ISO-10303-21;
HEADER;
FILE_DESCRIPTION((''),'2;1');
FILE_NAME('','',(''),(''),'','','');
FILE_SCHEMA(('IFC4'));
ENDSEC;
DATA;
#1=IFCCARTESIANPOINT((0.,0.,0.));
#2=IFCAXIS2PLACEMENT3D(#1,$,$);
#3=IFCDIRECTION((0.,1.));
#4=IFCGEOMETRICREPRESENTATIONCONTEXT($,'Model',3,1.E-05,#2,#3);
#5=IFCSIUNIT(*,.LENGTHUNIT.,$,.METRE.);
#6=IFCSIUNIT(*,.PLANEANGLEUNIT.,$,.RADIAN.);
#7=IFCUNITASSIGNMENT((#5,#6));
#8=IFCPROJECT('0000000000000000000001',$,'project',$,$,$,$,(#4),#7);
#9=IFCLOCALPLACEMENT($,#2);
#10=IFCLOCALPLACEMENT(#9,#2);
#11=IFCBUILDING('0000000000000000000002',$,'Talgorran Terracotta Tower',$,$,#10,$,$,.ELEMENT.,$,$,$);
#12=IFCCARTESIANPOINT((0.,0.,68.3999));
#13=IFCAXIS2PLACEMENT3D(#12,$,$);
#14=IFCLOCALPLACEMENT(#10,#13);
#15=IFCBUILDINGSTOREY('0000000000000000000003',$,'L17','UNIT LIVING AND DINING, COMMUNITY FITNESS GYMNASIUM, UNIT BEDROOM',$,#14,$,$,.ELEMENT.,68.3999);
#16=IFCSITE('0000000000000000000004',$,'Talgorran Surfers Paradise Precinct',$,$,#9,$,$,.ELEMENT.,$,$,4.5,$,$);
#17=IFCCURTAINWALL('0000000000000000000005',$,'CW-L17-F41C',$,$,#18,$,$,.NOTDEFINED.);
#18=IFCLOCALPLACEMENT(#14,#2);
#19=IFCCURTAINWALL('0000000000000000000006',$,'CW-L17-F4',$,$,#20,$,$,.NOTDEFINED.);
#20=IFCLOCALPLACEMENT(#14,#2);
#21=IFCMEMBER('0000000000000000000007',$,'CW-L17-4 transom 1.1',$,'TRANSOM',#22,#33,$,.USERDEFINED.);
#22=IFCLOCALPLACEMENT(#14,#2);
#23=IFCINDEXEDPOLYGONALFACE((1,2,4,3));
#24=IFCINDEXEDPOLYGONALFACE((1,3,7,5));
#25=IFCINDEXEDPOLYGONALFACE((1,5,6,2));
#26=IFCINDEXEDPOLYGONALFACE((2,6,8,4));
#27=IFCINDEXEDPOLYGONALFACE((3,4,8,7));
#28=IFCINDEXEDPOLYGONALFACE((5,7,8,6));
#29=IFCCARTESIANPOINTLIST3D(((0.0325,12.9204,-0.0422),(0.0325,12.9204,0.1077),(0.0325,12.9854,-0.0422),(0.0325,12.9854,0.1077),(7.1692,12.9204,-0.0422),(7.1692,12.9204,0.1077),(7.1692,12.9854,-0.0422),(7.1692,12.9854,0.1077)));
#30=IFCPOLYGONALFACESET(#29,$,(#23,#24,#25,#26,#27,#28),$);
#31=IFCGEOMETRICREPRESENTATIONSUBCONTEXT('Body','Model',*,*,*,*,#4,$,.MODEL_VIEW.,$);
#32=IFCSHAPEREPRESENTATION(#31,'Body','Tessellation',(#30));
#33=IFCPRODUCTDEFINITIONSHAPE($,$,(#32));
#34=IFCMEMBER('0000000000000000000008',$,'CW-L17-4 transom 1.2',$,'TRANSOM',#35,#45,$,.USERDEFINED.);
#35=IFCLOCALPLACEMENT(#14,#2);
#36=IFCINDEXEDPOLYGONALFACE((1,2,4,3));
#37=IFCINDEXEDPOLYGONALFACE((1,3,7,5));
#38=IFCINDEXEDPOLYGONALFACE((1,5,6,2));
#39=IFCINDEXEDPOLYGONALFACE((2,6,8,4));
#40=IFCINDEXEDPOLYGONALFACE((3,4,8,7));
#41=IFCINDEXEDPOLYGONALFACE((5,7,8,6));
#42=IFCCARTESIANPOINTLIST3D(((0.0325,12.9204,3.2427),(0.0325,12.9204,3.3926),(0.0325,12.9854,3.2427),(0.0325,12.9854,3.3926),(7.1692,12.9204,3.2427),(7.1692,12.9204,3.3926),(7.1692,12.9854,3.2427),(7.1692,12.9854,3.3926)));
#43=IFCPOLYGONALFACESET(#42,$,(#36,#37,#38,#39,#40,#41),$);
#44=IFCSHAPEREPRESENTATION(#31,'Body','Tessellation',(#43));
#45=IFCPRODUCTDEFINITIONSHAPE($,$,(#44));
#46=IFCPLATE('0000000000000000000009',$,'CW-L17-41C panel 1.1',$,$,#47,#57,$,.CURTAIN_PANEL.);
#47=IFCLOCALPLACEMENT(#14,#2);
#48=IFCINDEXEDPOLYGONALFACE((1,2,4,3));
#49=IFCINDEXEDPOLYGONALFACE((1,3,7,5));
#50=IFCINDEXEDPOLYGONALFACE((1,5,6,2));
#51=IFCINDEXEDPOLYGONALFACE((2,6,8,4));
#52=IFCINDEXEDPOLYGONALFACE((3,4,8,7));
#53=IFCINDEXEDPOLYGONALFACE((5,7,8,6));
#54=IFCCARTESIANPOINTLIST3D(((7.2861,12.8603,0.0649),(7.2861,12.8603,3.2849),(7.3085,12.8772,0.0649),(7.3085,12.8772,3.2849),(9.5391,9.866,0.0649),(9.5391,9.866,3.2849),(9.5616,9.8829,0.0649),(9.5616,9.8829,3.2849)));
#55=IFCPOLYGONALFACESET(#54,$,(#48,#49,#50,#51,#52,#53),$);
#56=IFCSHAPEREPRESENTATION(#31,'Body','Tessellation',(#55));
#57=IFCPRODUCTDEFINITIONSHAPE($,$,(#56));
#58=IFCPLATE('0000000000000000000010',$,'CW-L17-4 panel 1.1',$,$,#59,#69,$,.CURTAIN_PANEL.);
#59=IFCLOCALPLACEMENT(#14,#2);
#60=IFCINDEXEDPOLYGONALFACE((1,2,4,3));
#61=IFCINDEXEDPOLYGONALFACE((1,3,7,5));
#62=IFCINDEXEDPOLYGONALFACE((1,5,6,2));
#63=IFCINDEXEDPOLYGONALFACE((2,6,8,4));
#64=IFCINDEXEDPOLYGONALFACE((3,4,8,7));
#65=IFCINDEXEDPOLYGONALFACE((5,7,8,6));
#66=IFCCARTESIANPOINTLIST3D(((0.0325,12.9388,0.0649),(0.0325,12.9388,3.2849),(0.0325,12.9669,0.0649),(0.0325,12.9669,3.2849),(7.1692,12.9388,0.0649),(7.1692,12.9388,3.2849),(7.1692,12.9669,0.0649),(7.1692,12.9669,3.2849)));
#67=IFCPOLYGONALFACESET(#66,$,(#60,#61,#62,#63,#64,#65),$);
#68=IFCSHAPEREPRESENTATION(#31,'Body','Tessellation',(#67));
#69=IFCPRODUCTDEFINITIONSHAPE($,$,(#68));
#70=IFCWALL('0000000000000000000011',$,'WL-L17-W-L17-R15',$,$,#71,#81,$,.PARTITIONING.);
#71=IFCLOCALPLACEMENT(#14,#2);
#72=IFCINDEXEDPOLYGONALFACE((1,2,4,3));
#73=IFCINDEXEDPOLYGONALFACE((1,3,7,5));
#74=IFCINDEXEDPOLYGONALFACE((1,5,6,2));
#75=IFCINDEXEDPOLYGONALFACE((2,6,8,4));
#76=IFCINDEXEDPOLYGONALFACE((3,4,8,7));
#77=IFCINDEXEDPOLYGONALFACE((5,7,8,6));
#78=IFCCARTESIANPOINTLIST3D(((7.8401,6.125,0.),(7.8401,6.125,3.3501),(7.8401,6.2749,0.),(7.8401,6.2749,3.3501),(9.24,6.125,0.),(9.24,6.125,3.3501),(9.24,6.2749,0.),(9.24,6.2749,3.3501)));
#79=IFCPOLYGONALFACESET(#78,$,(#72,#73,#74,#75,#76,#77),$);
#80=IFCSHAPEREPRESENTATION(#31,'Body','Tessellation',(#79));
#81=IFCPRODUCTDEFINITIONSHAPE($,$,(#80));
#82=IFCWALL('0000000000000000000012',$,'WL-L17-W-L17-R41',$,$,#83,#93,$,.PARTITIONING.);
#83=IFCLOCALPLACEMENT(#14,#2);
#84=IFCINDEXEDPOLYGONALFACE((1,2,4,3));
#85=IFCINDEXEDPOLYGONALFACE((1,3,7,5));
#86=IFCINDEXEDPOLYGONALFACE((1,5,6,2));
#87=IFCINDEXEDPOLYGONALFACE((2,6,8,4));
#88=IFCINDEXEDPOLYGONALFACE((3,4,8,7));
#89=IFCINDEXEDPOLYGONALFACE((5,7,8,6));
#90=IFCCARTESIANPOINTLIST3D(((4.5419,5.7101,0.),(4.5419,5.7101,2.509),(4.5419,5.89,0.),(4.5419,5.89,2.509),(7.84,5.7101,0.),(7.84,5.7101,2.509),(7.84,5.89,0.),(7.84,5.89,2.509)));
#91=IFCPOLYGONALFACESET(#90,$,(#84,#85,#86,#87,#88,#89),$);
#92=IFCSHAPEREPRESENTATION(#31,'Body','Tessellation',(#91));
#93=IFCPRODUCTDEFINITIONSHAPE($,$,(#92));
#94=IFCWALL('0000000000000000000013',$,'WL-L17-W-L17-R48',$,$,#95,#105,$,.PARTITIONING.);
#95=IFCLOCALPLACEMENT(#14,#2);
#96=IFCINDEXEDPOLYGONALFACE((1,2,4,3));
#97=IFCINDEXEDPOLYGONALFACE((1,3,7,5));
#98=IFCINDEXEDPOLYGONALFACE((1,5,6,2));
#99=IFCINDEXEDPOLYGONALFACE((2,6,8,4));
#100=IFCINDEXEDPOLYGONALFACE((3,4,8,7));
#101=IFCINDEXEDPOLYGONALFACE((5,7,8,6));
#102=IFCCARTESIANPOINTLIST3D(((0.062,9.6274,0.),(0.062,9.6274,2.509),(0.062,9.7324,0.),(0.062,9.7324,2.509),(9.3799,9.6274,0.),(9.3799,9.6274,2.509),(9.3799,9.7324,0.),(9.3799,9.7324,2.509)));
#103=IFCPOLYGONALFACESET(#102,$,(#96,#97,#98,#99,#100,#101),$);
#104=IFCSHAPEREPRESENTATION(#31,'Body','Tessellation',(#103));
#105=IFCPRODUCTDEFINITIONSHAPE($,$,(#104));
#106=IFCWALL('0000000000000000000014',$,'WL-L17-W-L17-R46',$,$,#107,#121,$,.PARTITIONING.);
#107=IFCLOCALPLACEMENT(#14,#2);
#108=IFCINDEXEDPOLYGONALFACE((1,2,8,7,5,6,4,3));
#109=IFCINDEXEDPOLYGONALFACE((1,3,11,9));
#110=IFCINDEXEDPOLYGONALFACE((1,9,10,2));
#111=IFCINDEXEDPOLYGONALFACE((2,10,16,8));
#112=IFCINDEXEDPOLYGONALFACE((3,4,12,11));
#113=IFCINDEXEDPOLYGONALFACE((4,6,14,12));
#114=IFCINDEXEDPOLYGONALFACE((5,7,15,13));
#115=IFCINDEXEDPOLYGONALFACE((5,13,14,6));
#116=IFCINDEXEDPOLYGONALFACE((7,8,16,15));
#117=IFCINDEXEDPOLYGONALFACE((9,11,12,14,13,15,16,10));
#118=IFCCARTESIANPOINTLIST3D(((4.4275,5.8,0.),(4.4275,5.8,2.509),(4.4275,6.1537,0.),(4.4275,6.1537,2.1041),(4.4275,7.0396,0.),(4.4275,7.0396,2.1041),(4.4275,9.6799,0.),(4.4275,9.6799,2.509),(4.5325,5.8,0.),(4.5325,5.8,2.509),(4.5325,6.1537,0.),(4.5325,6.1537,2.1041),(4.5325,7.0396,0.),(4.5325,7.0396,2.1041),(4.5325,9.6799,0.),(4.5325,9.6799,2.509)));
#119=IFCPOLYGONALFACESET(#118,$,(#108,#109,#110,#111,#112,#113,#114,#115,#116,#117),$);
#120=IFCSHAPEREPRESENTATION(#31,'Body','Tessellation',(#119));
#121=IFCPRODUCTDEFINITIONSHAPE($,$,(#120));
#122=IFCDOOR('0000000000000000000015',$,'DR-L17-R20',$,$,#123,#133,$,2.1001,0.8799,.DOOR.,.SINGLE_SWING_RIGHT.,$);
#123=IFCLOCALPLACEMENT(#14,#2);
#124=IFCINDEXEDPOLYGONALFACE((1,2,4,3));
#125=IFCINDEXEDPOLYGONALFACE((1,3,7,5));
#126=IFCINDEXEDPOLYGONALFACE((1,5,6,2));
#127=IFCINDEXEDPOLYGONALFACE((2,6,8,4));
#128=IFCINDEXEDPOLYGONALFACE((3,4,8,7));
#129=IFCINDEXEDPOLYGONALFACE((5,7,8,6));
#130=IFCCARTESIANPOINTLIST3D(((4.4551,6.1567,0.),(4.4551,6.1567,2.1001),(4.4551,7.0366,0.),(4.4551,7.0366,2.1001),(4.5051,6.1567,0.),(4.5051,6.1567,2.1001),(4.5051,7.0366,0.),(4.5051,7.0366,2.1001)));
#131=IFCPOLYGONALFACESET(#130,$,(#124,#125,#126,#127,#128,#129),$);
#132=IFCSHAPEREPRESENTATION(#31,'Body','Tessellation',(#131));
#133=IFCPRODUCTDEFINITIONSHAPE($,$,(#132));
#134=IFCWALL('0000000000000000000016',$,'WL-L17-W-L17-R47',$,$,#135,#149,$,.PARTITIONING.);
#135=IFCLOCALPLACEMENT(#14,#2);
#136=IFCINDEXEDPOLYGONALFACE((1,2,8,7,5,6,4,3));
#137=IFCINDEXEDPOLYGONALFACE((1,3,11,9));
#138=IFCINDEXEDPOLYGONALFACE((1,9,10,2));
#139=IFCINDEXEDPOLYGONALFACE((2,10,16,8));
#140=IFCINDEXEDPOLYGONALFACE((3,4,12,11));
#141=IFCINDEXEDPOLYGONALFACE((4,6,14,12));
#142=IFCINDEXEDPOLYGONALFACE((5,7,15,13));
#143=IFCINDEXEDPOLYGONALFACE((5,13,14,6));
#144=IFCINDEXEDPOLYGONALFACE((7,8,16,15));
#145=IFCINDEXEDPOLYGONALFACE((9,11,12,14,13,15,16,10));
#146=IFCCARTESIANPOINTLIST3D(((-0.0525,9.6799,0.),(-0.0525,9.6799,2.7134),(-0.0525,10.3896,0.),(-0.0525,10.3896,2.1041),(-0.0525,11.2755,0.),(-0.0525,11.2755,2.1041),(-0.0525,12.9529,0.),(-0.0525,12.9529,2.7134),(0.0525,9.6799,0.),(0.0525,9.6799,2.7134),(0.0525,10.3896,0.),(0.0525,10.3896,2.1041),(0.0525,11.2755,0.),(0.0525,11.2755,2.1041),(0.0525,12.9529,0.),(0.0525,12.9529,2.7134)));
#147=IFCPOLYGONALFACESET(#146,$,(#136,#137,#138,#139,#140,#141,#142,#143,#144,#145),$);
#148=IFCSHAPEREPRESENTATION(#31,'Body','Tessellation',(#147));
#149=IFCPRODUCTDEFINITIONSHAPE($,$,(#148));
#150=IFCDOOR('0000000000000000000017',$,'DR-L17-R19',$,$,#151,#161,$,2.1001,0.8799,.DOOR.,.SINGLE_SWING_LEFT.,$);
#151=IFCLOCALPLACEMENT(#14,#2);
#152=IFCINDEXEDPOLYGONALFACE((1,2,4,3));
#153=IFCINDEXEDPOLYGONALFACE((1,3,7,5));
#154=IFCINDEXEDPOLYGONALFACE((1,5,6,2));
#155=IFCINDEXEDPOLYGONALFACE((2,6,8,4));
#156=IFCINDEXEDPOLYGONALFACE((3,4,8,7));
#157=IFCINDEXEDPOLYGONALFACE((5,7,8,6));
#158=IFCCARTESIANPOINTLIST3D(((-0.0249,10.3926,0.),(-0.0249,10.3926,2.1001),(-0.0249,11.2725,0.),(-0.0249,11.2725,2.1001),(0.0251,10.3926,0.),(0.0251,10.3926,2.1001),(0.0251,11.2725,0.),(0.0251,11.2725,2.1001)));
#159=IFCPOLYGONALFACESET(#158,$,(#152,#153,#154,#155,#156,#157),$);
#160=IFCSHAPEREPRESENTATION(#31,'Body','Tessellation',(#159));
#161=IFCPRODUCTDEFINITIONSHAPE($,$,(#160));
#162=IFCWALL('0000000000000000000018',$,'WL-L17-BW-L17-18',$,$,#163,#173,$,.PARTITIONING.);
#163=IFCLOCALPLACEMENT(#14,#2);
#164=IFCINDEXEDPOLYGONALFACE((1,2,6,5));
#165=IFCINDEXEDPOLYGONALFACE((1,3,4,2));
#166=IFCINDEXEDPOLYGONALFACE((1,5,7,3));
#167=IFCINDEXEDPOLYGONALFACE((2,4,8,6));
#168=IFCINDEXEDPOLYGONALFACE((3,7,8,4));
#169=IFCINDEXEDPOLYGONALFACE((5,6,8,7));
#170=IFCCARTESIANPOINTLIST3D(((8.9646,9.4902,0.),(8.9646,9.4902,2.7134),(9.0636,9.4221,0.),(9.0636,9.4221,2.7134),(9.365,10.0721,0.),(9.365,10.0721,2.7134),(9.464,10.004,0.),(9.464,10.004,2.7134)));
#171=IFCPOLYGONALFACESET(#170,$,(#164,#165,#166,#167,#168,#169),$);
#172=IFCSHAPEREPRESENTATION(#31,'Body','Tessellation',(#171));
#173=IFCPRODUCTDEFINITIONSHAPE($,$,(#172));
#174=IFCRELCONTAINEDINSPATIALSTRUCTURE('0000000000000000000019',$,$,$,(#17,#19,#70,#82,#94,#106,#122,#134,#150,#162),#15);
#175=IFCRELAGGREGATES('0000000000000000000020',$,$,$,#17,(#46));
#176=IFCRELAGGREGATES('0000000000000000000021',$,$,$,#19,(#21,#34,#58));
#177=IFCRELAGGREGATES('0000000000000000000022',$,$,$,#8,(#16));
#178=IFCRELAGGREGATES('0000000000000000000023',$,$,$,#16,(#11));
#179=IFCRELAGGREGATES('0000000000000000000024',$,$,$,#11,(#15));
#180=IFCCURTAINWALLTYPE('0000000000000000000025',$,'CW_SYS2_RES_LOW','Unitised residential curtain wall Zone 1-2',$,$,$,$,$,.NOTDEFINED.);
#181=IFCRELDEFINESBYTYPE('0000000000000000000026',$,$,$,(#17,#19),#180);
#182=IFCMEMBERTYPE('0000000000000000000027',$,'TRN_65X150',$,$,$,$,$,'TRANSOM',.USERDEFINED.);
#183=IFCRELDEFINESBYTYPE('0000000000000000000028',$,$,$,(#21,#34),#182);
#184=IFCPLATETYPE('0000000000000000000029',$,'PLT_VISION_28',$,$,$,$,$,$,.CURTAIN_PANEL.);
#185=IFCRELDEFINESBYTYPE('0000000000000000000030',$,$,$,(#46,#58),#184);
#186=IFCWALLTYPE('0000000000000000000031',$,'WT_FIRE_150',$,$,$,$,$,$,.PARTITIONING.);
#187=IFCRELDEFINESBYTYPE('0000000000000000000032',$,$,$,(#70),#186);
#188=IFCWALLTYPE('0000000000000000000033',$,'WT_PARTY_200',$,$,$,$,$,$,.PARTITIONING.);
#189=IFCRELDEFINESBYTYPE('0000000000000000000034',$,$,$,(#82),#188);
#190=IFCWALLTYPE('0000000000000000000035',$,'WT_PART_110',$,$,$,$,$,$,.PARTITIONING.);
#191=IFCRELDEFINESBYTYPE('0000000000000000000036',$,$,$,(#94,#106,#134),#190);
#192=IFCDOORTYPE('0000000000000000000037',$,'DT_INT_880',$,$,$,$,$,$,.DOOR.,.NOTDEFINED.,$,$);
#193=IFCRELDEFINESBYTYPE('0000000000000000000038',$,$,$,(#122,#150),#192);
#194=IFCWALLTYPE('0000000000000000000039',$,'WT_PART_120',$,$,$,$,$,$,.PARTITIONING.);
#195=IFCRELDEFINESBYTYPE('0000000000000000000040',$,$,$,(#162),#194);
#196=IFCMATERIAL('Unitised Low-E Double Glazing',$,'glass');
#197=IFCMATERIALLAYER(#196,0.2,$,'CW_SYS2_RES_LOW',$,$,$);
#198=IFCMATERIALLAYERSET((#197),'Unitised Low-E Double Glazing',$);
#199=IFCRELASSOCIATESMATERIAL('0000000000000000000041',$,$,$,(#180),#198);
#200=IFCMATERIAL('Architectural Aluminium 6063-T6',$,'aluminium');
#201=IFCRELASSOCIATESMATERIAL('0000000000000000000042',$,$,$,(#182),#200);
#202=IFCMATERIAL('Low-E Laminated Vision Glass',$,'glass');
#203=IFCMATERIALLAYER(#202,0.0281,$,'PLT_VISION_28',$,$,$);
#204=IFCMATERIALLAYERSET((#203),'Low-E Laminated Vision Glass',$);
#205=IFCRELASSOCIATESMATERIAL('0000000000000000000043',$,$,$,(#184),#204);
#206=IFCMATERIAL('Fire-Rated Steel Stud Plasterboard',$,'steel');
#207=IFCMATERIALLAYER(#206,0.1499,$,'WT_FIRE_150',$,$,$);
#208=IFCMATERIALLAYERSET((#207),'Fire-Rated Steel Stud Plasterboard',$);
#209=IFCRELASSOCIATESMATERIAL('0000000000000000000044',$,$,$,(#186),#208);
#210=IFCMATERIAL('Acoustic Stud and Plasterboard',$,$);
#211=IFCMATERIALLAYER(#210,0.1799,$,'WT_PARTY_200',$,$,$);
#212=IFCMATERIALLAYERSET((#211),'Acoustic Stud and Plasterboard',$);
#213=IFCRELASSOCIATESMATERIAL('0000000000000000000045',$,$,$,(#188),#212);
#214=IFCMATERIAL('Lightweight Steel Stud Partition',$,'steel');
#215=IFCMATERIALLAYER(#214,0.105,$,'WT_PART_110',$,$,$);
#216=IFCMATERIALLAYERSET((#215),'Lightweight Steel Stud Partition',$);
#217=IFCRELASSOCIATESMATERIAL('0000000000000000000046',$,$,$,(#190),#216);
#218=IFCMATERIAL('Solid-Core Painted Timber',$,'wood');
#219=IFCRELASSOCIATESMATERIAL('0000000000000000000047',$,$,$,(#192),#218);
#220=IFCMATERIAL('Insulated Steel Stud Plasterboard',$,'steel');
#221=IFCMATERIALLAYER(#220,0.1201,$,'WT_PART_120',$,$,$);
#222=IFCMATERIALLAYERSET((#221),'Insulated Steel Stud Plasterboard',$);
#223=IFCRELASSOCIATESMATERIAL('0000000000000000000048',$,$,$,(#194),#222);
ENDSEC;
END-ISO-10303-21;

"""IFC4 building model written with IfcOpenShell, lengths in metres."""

from ifc_helpers import new_model, si_unit, direction, frame, frame_2d, origin, origin_2d, place, context, subcontext, project, spatial, rectangle, extrude, source, transform, mapped, material, layer, layer_set, material_profile, profile_set, type_object, type_shapes, element, fill, aggregate, save


model = new_model("IFC4")

# Units and contexts
model_context = context("Model", 3, precision=1e-05, world=origin(), true_north=direction((0.0, 1.0)))
body_context = subcontext(model_context, "Body", "Model", "MODEL_VIEW")
ifc_project = project(units=[si_unit("LENGTHUNIT", "METRE"), si_unit("PLANEANGLEUNIT", "RADIAN")], contexts=[model_context])

# Site, building, storey
site_placement = place(None, origin())
site = spatial("IfcSite", under=ifc_project, at=site_placement, Name="Talgorran Surfers Paradise Precinct", CompositionType="ELEMENT", RefElevation=4.5)
building_placement = place(site_placement, origin())
building = spatial("IfcBuilding", under=site, at=building_placement, Name="Talgorran Terracotta Tower", CompositionType="ELEMENT")
storey_placement = place(building_placement, frame((0.0, 0.0, 68.3999)))
storey = spatial("IfcBuildingStorey", under=building, at=storey_placement, Name="L17", Description="UNIT LIVING AND DINING, COMMUNITY FITNESS GYMNASIUM, UNIT BEDROOM", CompositionType="ELEMENT", Elevation=68.3999)

# Curtain wall
ifc_material_1 = material(Name="Unitised Low-E Double Glazing", Category="glass")
ifc_layer_1 = layer(ifc_material_1, 0.2, Name="CW_SYS2_RES_LOW")
ifc_layer_set_1 = layer_set([ifc_layer_1], Name="Unitised Low-E Double Glazing")
curtain_wall_type = type_object("IfcCurtainWallType", Name="CW_SYS2_RES_LOW", Description="Unitised residential curtain wall Zone 1-2", PredefinedType="NOTDEFINED", material=ifc_layer_set_1)
curtain_wall_1_placement = place(storey_placement, origin())
curtain_wall_1 = element("IfcCurtainWall", 1, at=curtain_wall_1_placement, inside=storey, type_object=curtain_wall_type, Name="CW-L17-F41C", PredefinedType="NOTDEFINED")
ifc_material_2 = material(Name="Architectural Aluminium 6063-T6", Category="aluminium")

# Curtain wall, members
curtain_wall_2_placement = place(storey_placement, origin())
curtain_wall_2 = element("IfcCurtainWall", 2, at=curtain_wall_2_placement, inside=storey, type_object=curtain_wall_type, Name="CW-L17-F4", PredefinedType="NOTDEFINED")
ifc_material_profile_1 = material_profile(ifc_material_2, rectangle(XDim=0.0649, YDim=0.1499, at=origin_2d()), Name="CWT65X150")
ifc_profile_set_1 = profile_set([ifc_material_profile_1], Name="Architectural Aluminium 6063-T6")
member_type_1 = type_object("IfcMemberType", Name="TRN_65X150", ElementType="TRANSOM", PredefinedType="USERDEFINED", material=ifc_profile_set_1)
member_1_placement = place(storey_placement, frame((7.1692, 12.9529, 0.0327), z_axis=(-1.0, 0.0, 0.0), x_axis=(0.0, -1.0, 0.0)))
member_1 = element("IfcMember", 3, at=member_1_placement, type_object=member_type_1, Name="CW-L17-4 transom 1.1", ObjectType="TRANSOM", PredefinedType="USERDEFINED", context=body_context, shape_type="SweptSolid", body=[
    extrude(rectangle(XDim=0.0649, YDim=0.1499, at=origin_2d()), origin(), (0.0, 0.0, 1.0), 7.1367),
])
member_2_placement = place(storey_placement, frame((7.1692, 12.9529, 3.3176), z_axis=(-1.0, 0.0, 0.0), x_axis=(0.0, -1.0, 0.0)))
member_2 = element("IfcMember", 4, at=member_2_placement, type_object=member_type_1, Name="CW-L17-4 transom 1.2", ObjectType="TRANSOM", PredefinedType="USERDEFINED", context=body_context, shape_type="SweptSolid", body=[
    extrude(rectangle(XDim=0.0649, YDim=0.1499, at=origin_2d()), origin(), (0.0, 0.0, 1.0), 7.1367),
])

# Plates
ifc_material_3 = material(Name="Low-E Laminated Vision Glass", Category="glass")
ifc_layer_2 = layer(ifc_material_3, 0.0281, Name="PLT_VISION_28")
ifc_layer_set_2 = layer_set([ifc_layer_2], Name="Low-E Laminated Vision Glass")
plate_type = type_object("IfcPlateType", Name="PLT_VISION_28", PredefinedType="CURTAIN_PANEL", material=ifc_layer_set_2)
shared_shape_1 = source(origin(), body_context, "Body", "SweptSolid", [
    extrude(rectangle(XDim=3.7473, YDim=0.0281, at=origin_2d()), origin(), (0.0, 0.0, 1.0), 3.22),
])
plate_1_placement = place(storey_placement, frame((8.4238, 11.3716, 0.0649), z_axis=(0.0, 0.0, 1.0), x_axis=(-0.60125, 0.799061, 0.0)))
plate_1 = element("IfcPlate", 5, at=plate_1_placement, type_object=plate_type, Name="CW-L17-41C panel 1.1", PredefinedType="CURTAIN_PANEL", context=body_context, shape_type="MappedRepresentation", body=[
    mapped(shared_shape_1, transform((0.0, 0.0, 0.0), scale=1.0)),
])
aggregate(curtain_wall_1, [plate_1])
shared_shape_2 = source(origin(), body_context, "Body", "SweptSolid", [
    extrude(rectangle(XDim=7.1367, YDim=0.0281, at=origin_2d()), origin(), (0.0, 0.0, 1.0), 3.22),
])
type_shapes(plate_type, [shared_shape_1, shared_shape_2])
plate_2_placement = place(storey_placement, frame((3.6008, 12.9529, 0.0649), z_axis=(0.0, 0.0, 1.0), x_axis=(-1.0, 0.0, 0.0)))
plate_2 = element("IfcPlate", 6, at=plate_2_placement, type_object=plate_type, Name="CW-L17-4 panel 1.1", PredefinedType="CURTAIN_PANEL", context=body_context, shape_type="MappedRepresentation", body=[
    mapped(shared_shape_2, transform((0.0, 0.0, 0.0), scale=1.0)),
])
aggregate(curtain_wall_2, [member_1, member_2, plate_2])

# Walls
ifc_material_4 = material(Name="Fire-Rated Steel Stud Plasterboard", Category="steel")
ifc_layer_3 = layer(ifc_material_4, 0.1499, Name="WT_FIRE_150")
ifc_layer_set_3 = layer_set([ifc_layer_3], Name="Fire-Rated Steel Stud Plasterboard")
wall_type_1 = type_object("IfcWallType", Name="WT_FIRE_150", PredefinedType="PARTITIONING", material=ifc_layer_set_3)
wall_1_placement = place(storey_placement, frame((7.8401, 6.2, 0.0), z_axis=(0.0, 0.0, 1.0), x_axis=(1.0, 0.0, 0.0)))
element("IfcWall", 7, at=wall_1_placement, inside=storey, type_object=wall_type_1, Name="WL-L17-W-L17-R15", PredefinedType="PARTITIONING", context=body_context, shape_type="SweptSolid", body=[
    extrude(rectangle(XDim=1.3999, YDim=0.1499, at=frame_2d((0.7, 0.0))), origin(), (0.0, 0.0, 1.0), 3.3501),
])
ifc_material_5 = material(Name="Acoustic Stud and Plasterboard")
ifc_layer_4 = layer(ifc_material_5, 0.1799, Name="WT_PARTY_200")
ifc_layer_set_4 = layer_set([ifc_layer_4], Name="Acoustic Stud and Plasterboard")
wall_type_2 = type_object("IfcWallType", Name="WT_PARTY_200", PredefinedType="PARTITIONING", material=ifc_layer_set_4)
wall_2_placement = place(storey_placement, frame((4.542, 5.8, 0.0), z_axis=(0.0, 0.0, 1.0), x_axis=(1.0, 0.0, 0.0)))
element("IfcWall", 8, at=wall_2_placement, inside=storey, type_object=wall_type_2, Name="WL-L17-W-L17-R41", PredefinedType="PARTITIONING", context=body_context, shape_type="SweptSolid", body=[
    extrude(rectangle(XDim=3.2981, YDim=0.1799, at=frame_2d((1.6489, 0.0))), origin(), (0.0, 0.0, 1.0), 2.509),
])
ifc_material_6 = material(Name="Lightweight Steel Stud Partition", Category="steel")
ifc_layer_5 = layer(ifc_material_6, 0.105, Name="WT_PART_110")
ifc_layer_set_5 = layer_set([ifc_layer_5], Name="Lightweight Steel Stud Partition")
wall_type_3 = type_object("IfcWallType", Name="WT_PART_110", PredefinedType="PARTITIONING", material=ifc_layer_set_5)
wall_3_placement = place(storey_placement, frame((0.062, 9.6799, 0.0), z_axis=(0.0, 0.0, 1.0), x_axis=(1.0, 0.0, 0.0)))
element("IfcWall", 9, at=wall_3_placement, inside=storey, type_object=wall_type_3, Name="WL-L17-W-L17-R48", PredefinedType="PARTITIONING", context=body_context, shape_type="SweptSolid", body=[
    extrude(rectangle(XDim=9.3179, YDim=0.105, at=frame_2d((4.6589, 0.0))), origin(), (0.0, 0.0, 1.0), 2.509),
])

# Walls, openings, doors
wall_4_placement = place(storey_placement, frame((4.48, 5.8, 0.0), z_axis=(0.0, 0.0, 1.0), x_axis=(0.0, 1.0, 0.0)))
wall_4 = element("IfcWall", 10, at=wall_4_placement, inside=storey, type_object=wall_type_3, Name="WL-L17-W-L17-R46", PredefinedType="PARTITIONING", context=body_context, shape_type="SweptSolid", body=[
    extrude(rectangle(XDim=3.8799, YDim=0.105, at=frame_2d((1.9399, 0.0))), origin(), (0.0, 0.0, 1.0), 2.509),
])
opening_1_placement = place(wall_4_placement, frame((0.3567, 0.0, 0.0)))
opening_1 = element("IfcOpeningElement", 11, at=opening_1_placement, cuts=wall_4, PredefinedType="OPENING", context=body_context, shape_type="SweptSolid", body=[
    extrude(rectangle(XDim=0.8859, YDim=2.1041, at=frame_2d((0.4399, 1.052))), frame((0.0, 0.0625, 0.0), z_axis=(0.0, -1.0, 0.0), x_axis=(1.0, 0.0, 0.0)), (0.0, 0.0, 1.0), 0.125),
])
ifc_material_7 = material(Name="Solid-Core Painted Timber", Category="wood")
door_type = type_object("IfcDoorType", Name="DT_INT_880", OperationType="NOTDEFINED", PredefinedType="DOOR", material=ifc_material_7)
door_1_placement = place(opening_1_placement, origin())
door_1 = element("IfcDoor", 12, at=door_1_placement, inside=storey, type_object=door_type, Name="DR-L17-R20", OperationType="SINGLE_SWING_RIGHT", OverallHeight=2.1001, OverallWidth=0.8799, PredefinedType="DOOR", context=body_context, shape_type="SweptSolid", body=[
    extrude(rectangle(XDim=0.8799, YDim=2.1001, at=frame_2d((0.4399, 1.05))), frame((0.0, 0.0249, 0.0), z_axis=(0.0, -1.0, 0.0), x_axis=(1.0, 0.0, 0.0)), (0.0, 0.0, 1.0), 0.05),
])
fill(opening_1, door_1)
wall_5_placement = place(storey_placement, frame((0.0, 9.6799, 0.0), z_axis=(0.0, 0.0, 1.0), x_axis=(0.0, 1.0, 0.0)))
wall_5 = element("IfcWall", 13, at=wall_5_placement, inside=storey, type_object=wall_type_3, Name="WL-L17-W-L17-R47", PredefinedType="PARTITIONING", context=body_context, shape_type="SweptSolid", body=[
    extrude(rectangle(XDim=3.2729, YDim=0.105, at=frame_2d((1.6365, 0.0))), origin(), (0.0, 0.0, 1.0), 2.7134),
])
opening_2_placement = place(wall_5_placement, frame((0.7126, 0.0, 0.0)))
opening_2 = element("IfcOpeningElement", 14, at=opening_2_placement, cuts=wall_5, PredefinedType="OPENING", context=body_context, shape_type="SweptSolid", body=[
    extrude(rectangle(XDim=0.8859, YDim=2.1041, at=frame_2d((0.4399, 1.052))), frame((0.0, 0.0625, 0.0), z_axis=(0.0, -1.0, 0.0), x_axis=(1.0, 0.0, 0.0)), (0.0, 0.0, 1.0), 0.125),
])
door_2_placement = place(opening_2_placement, origin())
door_2 = element("IfcDoor", 15, at=door_2_placement, inside=storey, type_object=door_type, Name="DR-L17-R19", OperationType="SINGLE_SWING_LEFT", OverallHeight=2.1001, OverallWidth=0.8799, PredefinedType="DOOR", context=body_context, shape_type="SweptSolid", body=[
    extrude(rectangle(XDim=0.8799, YDim=2.1001, at=frame_2d((0.4399, 1.05))), frame((0.0, 0.0249, 0.0), z_axis=(0.0, -1.0, 0.0), x_axis=(1.0, 0.0, 0.0)), (0.0, 0.0, 1.0), 0.05),
])
fill(opening_2, door_2)

# Wall
ifc_material_8 = material(Name="Insulated Steel Stud Plasterboard", Category="steel")
ifc_layer_6 = layer(ifc_material_8, 0.1201, Name="WT_PART_120")
ifc_layer_set_6 = layer_set([ifc_layer_6], Name="Insulated Steel Stud Plasterboard")
wall_type_4 = type_object("IfcWallType", Name="WT_PART_120", PredefinedType="PARTITIONING", material=ifc_layer_set_6)
wall_6_placement = place(storey_placement, frame((9.0142, 9.4563, 0.0), z_axis=(0.0, 0.0, 1.0), x_axis=(0.566925, 0.823769, 0.0)))
element("IfcWall", 16, at=wall_6_placement, inside=storey, type_object=wall_type_4, Name="WL-L17-BW-L17-18", PredefinedType="PARTITIONING", context=body_context, shape_type="SweptSolid", body=[
    extrude(rectangle(XDim=0.7063, YDim=0.1201, at=frame_2d((0.353, 0.0))), origin(), (0.0, 0.0, 1.0), 2.7134),
])

save(model, "model.ifc")
